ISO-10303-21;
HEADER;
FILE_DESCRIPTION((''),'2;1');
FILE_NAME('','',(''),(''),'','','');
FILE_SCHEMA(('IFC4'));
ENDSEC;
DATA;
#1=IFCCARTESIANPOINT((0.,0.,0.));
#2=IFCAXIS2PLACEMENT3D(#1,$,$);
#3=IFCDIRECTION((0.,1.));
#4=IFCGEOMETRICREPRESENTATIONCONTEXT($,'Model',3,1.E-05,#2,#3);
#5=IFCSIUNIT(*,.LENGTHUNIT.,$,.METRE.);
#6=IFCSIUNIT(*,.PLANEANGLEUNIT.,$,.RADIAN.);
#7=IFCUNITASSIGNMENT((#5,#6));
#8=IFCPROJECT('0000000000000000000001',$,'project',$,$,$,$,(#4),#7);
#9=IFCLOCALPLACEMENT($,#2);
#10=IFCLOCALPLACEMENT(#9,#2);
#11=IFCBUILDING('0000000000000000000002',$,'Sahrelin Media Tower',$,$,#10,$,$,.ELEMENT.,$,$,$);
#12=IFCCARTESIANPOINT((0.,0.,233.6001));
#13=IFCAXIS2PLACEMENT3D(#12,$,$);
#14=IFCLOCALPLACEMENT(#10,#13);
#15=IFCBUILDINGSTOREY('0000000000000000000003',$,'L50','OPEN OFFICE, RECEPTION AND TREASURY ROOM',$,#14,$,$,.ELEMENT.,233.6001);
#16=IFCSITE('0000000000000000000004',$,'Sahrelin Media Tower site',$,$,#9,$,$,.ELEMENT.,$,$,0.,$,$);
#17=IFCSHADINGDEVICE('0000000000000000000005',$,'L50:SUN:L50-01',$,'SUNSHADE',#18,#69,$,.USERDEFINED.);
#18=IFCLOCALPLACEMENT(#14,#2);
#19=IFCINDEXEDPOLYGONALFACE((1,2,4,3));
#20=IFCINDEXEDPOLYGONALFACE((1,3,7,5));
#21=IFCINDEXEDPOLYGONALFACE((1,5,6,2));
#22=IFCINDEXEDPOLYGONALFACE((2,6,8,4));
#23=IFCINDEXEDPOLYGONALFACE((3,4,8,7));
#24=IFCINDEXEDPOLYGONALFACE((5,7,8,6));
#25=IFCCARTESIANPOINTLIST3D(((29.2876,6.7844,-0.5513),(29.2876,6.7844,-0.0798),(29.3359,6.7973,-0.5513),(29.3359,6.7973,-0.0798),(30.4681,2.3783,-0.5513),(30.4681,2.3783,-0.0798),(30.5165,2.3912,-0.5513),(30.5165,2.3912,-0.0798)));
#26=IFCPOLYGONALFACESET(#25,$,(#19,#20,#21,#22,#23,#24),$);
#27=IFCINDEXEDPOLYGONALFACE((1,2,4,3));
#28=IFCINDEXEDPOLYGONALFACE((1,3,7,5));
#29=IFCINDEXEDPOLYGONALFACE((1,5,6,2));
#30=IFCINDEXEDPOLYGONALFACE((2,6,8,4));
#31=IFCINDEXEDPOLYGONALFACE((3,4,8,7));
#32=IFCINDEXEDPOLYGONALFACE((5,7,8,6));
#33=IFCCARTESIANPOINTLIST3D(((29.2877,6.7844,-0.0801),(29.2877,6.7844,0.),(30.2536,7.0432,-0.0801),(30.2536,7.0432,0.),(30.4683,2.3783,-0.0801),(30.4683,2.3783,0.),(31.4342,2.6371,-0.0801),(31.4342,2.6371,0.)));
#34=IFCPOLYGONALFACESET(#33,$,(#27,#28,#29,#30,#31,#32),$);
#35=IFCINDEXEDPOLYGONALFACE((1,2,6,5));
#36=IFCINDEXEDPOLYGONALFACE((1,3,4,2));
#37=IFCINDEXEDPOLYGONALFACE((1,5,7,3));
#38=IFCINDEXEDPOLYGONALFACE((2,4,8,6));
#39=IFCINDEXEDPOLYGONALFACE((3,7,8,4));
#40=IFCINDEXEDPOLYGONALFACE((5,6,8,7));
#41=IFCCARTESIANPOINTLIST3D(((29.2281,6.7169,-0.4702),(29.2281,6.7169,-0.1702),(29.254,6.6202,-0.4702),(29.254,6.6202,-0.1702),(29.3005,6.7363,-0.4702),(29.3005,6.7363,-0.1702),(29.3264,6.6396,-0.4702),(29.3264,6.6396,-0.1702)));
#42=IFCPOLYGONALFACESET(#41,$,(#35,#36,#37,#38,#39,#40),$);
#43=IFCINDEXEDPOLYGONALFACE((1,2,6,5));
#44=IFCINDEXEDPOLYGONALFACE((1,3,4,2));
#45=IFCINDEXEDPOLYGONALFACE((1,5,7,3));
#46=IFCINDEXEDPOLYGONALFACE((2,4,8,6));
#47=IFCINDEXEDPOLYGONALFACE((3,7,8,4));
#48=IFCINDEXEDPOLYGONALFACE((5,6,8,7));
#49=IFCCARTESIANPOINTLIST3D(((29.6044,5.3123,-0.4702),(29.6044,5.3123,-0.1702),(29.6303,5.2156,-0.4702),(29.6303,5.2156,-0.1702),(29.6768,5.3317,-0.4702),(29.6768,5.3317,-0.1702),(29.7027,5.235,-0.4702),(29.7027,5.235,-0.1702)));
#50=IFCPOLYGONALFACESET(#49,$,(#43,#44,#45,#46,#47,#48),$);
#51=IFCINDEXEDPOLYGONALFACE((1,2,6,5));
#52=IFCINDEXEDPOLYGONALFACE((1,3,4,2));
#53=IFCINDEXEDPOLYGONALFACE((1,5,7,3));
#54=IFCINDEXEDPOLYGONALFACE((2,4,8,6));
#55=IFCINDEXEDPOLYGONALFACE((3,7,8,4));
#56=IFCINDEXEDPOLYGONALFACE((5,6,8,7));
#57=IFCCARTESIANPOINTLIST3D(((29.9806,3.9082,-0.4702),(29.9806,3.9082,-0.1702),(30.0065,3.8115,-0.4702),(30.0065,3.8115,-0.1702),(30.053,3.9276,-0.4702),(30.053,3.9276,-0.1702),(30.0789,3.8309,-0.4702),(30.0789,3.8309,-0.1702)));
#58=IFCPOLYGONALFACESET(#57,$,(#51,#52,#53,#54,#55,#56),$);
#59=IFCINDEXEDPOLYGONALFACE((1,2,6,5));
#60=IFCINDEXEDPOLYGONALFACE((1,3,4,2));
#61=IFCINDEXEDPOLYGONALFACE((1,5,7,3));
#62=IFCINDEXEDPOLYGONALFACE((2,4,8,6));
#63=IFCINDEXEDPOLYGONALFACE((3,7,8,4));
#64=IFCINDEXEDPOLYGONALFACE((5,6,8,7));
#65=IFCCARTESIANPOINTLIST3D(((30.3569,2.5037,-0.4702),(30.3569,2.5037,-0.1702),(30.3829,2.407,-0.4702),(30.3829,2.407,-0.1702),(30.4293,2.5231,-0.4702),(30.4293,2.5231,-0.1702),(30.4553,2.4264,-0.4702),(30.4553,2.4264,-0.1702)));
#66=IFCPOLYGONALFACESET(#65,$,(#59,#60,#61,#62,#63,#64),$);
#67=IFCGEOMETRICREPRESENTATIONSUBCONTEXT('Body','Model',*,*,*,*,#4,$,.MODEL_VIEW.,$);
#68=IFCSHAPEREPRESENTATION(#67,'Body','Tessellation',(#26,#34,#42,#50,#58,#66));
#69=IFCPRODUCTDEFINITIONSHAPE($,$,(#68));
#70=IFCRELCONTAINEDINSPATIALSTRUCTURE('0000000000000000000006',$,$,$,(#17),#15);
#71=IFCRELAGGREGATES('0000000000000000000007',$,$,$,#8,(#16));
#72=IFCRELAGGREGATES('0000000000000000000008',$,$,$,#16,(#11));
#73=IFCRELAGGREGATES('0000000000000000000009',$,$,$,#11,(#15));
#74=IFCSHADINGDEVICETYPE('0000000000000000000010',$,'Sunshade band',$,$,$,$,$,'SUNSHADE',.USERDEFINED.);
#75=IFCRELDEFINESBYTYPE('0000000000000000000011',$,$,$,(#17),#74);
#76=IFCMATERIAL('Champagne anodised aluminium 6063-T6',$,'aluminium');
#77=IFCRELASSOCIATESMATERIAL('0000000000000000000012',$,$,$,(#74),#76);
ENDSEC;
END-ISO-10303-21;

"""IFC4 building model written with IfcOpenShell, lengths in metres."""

from ifc_helpers import new_model, si_unit, direction, frame, origin, origin_2d, place, context, subcontext, project, spatial, rectangle, extrude, material, type_object, element, save


model = new_model("IFC4")

# Units and contexts
model_context = context("Model", 3, precision=1e-05, world=origin(), true_north=direction((0.0, 1.0)))
body_context = subcontext(model_context, "Body", "Model", "MODEL_VIEW")
ifc_project = project(units=[si_unit("LENGTHUNIT", "METRE"), si_unit("PLANEANGLEUNIT", "RADIAN")], contexts=[model_context])

# Site, building, storey
site_placement = place(None, origin())
site = spatial("IfcSite", under=ifc_project, at=site_placement, Name="Sahrelin Media Tower site", CompositionType="ELEMENT", RefElevation=0.0)
building_placement = place(site_placement, origin())
building = spatial("IfcBuilding", under=site, at=building_placement, Name="Sahrelin Media Tower", CompositionType="ELEMENT")
storey_placement = place(building_placement, frame((0.0, 0.0, 233.6001)))
storey = spatial("IfcBuildingStorey", under=building, at=storey_placement, Name="L50", Description="OPEN OFFICE, RECEPTION AND TREASURY ROOM", CompositionType="ELEMENT", Elevation=233.6001)

# Shared definitions
ifc_material_1 = material(Name="Champagne anodised aluminium 6063-T6", Category="aluminium")

# Shading device
placement_1 = place(storey_placement, frame((29.8586, 4.5762, 0.0), z_axis=(0.0, 0.0, 1.0), x_axis=(0.258808, -0.965929, 0.0)))
shading_device_type_1 = type_object("IfcShadingDeviceType", Name="Sunshade band", ElementType="SUNSHADE", PredefinedType="USERDEFINED", material=ifc_material_1)
element("IfcShadingDevice", 1, at=placement_1, inside=storey, type_object=shading_device_type_1, Name="L50:SUN:L50-01", ObjectType="SUNSHADE", PredefinedType="USERDEFINED", context=body_context, shape_type="SweptSolid", body=[
    extrude(rectangle(XDim=4.5615, YDim=0.05, at=origin_2d()), frame((0.0, 0.0449, -0.5513)), (0.0, 0.0, 1.0), 0.4714),
    extrude(rectangle(XDim=4.5615, YDim=1.0, at=origin_2d()), frame((0.0, 0.52, -0.0801)), (0.0, 0.0, 1.0), 0.0801),
    extrude(rectangle(XDim=0.1001, YDim=0.075, at=origin_2d()), frame((-2.1809, -0.0176, -0.4702)), (0.0, 0.0, 1.0), 0.3),
    extrude(rectangle(XDim=0.1001, YDim=0.075, at=origin_2d()), frame((-0.7268, -0.0176, -0.4702)), (0.0, 0.0, 1.0), 0.3),
    extrude(rectangle(XDim=0.1001, YDim=0.075, at=origin_2d()), frame((0.7268, -0.0176, -0.4702)), (0.0, 0.0, 1.0), 0.3),
    extrude(rectangle(XDim=0.1001, YDim=0.075, at=origin_2d()), frame((2.1809, -0.0176, -0.4702)), (0.0, 0.0, 1.0), 0.3),
])

save(model, "model.ifc")
